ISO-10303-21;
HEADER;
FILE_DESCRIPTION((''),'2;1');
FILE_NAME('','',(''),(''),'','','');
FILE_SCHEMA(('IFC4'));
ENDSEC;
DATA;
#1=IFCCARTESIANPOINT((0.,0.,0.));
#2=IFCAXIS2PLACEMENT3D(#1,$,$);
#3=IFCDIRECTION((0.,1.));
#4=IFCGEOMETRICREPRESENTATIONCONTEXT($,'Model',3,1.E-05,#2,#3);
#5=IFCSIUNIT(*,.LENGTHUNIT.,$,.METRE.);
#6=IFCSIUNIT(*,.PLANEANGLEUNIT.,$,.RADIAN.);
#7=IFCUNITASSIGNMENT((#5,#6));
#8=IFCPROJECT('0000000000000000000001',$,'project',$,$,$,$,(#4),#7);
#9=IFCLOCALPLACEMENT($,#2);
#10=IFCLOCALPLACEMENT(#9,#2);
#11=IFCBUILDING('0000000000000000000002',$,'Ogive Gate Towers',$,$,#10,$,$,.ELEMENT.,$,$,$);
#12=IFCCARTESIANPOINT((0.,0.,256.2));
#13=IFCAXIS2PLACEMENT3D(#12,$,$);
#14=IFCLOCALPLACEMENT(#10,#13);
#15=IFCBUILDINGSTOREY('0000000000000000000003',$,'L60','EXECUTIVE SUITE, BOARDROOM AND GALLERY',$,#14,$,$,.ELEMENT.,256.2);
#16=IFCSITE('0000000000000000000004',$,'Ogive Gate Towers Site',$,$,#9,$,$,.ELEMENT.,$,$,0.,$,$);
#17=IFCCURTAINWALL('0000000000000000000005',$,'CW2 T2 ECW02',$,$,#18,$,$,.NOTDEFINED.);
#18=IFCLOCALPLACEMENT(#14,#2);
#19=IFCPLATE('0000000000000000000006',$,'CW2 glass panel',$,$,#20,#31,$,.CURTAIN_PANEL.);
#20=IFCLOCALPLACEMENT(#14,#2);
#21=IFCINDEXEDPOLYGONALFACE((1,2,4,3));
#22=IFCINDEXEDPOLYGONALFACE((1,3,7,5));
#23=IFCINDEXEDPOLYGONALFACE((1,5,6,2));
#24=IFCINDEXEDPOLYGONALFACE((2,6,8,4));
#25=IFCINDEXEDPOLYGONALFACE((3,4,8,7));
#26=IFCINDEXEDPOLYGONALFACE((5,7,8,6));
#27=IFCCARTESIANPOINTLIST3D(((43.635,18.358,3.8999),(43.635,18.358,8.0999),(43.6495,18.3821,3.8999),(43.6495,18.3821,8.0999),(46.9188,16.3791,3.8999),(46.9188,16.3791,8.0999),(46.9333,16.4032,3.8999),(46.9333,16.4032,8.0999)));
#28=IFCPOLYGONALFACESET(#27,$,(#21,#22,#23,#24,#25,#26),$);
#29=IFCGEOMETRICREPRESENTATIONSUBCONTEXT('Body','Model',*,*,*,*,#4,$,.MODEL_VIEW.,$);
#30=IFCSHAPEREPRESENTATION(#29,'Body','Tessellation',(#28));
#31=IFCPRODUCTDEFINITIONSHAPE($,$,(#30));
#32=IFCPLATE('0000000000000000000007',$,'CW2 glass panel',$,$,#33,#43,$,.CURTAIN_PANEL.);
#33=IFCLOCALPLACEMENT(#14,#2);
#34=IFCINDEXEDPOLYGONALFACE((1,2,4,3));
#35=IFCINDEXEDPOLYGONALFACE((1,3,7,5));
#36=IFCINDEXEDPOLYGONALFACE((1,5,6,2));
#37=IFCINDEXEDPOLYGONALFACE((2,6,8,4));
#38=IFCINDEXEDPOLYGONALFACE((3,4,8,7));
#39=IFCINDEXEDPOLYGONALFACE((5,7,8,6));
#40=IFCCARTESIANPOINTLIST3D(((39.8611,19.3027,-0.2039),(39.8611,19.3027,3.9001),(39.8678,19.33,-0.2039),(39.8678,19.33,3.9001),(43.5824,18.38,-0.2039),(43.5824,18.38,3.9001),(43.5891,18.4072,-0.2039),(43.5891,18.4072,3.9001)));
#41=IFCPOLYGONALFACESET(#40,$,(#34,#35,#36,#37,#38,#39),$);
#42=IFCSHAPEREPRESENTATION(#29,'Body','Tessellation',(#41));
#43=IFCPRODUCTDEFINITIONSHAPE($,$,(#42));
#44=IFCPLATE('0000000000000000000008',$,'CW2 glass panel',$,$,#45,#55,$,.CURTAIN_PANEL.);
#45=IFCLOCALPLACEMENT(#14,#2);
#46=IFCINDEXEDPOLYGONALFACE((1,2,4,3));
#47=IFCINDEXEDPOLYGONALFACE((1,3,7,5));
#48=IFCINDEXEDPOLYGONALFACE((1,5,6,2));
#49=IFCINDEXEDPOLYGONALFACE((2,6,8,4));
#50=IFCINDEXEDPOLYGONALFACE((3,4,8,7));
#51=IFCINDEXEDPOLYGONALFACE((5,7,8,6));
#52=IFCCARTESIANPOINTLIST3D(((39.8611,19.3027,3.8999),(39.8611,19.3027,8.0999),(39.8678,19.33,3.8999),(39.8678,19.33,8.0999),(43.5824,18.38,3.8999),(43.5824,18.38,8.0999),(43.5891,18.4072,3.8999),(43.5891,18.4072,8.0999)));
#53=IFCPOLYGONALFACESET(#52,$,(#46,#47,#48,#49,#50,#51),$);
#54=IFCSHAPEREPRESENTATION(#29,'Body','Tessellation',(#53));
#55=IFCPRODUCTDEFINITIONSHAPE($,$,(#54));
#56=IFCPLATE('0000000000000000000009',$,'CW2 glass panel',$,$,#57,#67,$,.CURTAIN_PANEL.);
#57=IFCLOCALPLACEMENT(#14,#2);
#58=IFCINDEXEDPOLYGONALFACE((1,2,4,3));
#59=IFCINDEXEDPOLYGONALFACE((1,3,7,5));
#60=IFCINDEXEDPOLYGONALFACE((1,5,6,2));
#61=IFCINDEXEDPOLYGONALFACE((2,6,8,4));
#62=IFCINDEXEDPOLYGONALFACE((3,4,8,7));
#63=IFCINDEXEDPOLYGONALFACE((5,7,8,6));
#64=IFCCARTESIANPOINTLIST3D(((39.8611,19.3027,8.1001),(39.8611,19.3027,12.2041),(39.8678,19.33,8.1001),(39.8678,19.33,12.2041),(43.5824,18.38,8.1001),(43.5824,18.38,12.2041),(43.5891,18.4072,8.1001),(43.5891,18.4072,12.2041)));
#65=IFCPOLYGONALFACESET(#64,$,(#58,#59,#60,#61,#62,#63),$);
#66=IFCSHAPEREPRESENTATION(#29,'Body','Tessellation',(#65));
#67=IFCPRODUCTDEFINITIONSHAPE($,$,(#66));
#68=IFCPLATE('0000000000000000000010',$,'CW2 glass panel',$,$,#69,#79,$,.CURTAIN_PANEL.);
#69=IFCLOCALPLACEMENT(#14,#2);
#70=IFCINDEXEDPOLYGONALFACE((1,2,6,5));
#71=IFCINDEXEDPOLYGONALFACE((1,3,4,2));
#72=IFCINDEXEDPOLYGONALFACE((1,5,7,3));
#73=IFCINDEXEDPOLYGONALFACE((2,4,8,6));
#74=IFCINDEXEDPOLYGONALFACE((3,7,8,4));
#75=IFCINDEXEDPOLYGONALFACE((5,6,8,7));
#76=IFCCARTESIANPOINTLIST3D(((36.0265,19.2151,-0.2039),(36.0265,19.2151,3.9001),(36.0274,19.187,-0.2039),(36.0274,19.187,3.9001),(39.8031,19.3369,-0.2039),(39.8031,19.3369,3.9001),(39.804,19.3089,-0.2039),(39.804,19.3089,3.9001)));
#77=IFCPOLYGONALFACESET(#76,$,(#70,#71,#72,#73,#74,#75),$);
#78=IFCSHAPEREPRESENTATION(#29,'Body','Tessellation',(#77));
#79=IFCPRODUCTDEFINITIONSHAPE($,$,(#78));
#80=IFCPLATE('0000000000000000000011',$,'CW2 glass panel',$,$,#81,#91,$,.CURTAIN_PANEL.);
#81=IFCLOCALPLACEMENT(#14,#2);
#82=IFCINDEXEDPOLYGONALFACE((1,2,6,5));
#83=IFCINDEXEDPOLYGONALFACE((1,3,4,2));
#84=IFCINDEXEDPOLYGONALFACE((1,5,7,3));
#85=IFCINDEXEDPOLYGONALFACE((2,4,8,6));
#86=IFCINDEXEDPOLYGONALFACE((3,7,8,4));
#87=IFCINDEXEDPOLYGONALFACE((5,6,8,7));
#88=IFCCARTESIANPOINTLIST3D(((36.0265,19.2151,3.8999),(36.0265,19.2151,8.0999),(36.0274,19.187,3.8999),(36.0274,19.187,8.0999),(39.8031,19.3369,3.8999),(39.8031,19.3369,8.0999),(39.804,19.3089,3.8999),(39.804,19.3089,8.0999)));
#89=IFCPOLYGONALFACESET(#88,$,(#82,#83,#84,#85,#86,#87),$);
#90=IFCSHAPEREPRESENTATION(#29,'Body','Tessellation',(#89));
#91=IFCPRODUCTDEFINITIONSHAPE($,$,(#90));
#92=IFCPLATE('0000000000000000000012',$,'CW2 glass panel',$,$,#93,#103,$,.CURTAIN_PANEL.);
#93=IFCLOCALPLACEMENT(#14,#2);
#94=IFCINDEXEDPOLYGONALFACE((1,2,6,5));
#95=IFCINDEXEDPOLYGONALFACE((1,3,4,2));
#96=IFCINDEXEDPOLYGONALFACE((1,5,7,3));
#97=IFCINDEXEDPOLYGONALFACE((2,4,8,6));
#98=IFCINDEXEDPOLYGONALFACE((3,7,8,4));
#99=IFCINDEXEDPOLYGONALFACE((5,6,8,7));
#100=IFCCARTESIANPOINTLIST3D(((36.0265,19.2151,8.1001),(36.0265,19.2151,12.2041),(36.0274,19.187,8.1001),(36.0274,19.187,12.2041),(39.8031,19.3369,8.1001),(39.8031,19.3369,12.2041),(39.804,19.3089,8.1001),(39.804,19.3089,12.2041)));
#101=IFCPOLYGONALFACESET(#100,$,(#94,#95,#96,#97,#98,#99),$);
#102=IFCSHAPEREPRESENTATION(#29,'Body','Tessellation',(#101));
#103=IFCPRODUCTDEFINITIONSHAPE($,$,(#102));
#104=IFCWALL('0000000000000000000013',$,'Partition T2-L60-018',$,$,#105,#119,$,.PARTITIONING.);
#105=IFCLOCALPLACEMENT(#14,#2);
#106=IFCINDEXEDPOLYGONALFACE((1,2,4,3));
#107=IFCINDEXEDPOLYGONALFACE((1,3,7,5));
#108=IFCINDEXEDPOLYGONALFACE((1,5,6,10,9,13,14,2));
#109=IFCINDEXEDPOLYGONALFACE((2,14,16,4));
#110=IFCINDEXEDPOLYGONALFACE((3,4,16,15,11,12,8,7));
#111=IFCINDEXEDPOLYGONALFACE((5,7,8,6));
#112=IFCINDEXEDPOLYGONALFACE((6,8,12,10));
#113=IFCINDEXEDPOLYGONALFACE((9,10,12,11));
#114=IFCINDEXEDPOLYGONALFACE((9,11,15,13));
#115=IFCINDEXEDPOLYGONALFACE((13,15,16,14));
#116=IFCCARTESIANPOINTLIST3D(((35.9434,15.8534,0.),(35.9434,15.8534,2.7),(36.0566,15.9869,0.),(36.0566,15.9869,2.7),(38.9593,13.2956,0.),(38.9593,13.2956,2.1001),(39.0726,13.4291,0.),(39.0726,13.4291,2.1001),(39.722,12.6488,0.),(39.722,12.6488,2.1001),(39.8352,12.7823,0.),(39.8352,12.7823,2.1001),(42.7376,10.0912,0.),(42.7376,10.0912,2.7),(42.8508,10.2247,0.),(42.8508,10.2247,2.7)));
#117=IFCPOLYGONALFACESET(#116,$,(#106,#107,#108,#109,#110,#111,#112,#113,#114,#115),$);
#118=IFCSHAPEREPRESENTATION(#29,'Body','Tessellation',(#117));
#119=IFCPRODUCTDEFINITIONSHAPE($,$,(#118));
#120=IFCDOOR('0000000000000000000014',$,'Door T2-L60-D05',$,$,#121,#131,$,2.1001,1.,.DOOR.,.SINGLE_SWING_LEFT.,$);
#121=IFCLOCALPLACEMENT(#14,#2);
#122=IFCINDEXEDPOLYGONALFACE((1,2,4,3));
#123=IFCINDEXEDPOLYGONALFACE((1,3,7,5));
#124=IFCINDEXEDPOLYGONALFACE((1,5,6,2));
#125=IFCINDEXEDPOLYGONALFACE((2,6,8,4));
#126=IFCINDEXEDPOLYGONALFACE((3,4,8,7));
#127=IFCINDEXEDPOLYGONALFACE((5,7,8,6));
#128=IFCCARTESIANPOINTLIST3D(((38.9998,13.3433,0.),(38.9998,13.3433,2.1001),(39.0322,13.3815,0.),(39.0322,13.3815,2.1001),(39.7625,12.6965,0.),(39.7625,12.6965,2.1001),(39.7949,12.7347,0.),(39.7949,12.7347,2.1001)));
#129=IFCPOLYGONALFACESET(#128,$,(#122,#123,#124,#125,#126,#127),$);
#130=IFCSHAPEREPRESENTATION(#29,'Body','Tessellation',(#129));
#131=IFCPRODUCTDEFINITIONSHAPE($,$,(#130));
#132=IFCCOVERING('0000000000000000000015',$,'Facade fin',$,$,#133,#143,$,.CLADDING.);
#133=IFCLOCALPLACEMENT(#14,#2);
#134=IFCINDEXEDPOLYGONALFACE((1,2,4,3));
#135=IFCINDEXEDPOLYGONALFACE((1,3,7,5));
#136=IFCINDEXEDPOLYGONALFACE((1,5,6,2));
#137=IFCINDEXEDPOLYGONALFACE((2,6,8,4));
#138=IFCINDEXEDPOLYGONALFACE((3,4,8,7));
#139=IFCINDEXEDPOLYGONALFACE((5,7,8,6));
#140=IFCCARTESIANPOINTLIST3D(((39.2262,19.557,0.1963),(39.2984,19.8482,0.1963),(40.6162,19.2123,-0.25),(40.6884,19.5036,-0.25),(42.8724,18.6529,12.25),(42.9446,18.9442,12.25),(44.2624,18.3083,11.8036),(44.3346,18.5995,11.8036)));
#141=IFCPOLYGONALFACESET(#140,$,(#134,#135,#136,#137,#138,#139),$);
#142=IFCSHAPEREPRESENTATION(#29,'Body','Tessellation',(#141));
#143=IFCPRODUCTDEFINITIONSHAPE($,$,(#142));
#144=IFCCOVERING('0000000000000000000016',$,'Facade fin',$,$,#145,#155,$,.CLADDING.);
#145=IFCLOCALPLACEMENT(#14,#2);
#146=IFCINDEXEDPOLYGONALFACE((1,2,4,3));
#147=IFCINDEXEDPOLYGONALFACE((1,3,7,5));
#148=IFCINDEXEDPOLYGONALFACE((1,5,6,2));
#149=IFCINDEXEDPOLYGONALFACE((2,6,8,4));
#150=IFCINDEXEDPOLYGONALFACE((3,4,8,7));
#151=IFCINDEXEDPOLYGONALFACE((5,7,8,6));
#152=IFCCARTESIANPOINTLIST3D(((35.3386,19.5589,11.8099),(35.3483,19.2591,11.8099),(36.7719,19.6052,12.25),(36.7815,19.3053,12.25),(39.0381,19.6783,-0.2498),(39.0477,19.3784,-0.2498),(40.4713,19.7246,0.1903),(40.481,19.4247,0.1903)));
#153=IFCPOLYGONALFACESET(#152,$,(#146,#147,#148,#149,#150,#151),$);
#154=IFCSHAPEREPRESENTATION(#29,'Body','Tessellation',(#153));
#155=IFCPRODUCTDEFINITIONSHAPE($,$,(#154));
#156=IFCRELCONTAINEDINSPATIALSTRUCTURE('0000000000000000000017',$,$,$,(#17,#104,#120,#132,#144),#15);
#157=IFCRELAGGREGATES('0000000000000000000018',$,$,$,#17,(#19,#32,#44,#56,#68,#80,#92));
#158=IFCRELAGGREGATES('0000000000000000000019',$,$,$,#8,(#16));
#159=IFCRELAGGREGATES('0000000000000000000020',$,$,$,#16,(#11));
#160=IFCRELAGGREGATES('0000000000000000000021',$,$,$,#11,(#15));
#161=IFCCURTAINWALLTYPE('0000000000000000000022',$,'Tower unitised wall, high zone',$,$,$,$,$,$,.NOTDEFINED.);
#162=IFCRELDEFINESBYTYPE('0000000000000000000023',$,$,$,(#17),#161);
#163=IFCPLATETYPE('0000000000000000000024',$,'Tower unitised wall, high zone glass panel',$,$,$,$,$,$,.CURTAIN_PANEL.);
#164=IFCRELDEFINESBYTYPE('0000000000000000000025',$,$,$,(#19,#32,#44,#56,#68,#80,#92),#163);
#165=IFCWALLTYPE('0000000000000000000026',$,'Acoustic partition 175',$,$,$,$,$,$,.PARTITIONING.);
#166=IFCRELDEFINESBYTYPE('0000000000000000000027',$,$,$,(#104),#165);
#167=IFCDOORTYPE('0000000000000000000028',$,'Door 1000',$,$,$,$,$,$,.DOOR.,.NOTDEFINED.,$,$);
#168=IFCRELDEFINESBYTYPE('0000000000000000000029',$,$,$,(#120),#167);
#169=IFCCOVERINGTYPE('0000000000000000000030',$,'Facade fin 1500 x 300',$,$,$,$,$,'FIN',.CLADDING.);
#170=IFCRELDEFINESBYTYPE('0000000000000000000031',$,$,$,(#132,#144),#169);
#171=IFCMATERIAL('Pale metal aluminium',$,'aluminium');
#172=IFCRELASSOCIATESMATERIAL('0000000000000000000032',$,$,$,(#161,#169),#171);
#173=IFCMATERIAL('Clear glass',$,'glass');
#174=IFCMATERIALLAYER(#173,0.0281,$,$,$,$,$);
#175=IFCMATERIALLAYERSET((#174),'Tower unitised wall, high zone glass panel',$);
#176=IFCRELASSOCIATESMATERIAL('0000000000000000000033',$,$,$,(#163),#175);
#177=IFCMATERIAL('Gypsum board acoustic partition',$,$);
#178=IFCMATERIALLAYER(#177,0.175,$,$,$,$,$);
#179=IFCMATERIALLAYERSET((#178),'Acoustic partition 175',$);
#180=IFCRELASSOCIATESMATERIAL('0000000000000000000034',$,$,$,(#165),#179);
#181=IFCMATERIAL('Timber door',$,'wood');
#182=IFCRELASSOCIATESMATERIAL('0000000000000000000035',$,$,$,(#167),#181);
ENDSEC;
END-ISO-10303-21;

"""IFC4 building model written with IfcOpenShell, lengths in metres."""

from ifc_helpers import new_model, si_unit, direction, frame, frame_2d, origin, origin_2d, place, context, subcontext, project, spatial, rectangle, extrude, material, layer, layer_set, material_profile, profile_set, type_object, element, fill, aggregate, save


model = new_model("IFC4")

# Units and contexts
model_context = context("Model", 3, precision=1e-05, world=origin(), true_north=direction((0.0, 1.0)))
body_context = subcontext(model_context, "Body", "Model", "MODEL_VIEW")
ifc_project = project(units=[si_unit("LENGTHUNIT", "METRE"), si_unit("PLANEANGLEUNIT", "RADIAN")], contexts=[model_context])

# Site, building, storey
site_placement = place(None, origin())
site = spatial("IfcSite", under=ifc_project, at=site_placement, Name="Ogive Gate Towers Site", CompositionType="ELEMENT", RefElevation=0.0)
building_placement = place(site_placement, origin())
building = spatial("IfcBuilding", under=site, at=building_placement, Name="Ogive Gate Towers", CompositionType="ELEMENT")
storey_placement = place(building_placement, frame((0.0, 0.0, 256.2)))
storey = spatial("IfcBuildingStorey", under=building, at=storey_placement, Name="L60", Description="EXECUTIVE SUITE, BOARDROOM AND GALLERY", CompositionType="ELEMENT", Elevation=256.2)

# Curtain wall, plates
ifc_material_1 = material(Name="Pale metal aluminium", Category="aluminium")
curtain_wall_type = type_object("IfcCurtainWallType", Name="Tower unitised wall, high zone", PredefinedType="NOTDEFINED", material=ifc_material_1)
curtain_wall_placement = place(storey_placement, origin())
curtain_wall = element("IfcCurtainWall", 1, at=curtain_wall_placement, inside=storey, type_object=curtain_wall_type, Name="CW2 T2 ECW02", PredefinedType="NOTDEFINED")
ifc_material_2 = material(Name="Clear glass", Category="glass")
ifc_layer_1 = layer(ifc_material_2, 0.0281)
ifc_layer_set_1 = layer_set([ifc_layer_1], Name="Tower unitised wall, high zone glass panel")
plate_type = type_object("IfcPlateType", Name="Tower unitised wall, high zone glass panel", PredefinedType="CURTAIN_PANEL", material=ifc_layer_set_1)
plate_1_placement = place(storey_placement, frame((45.2842, 17.3806, 3.8999), z_axis=(0.0, 0.0, 1.0), x_axis=(-0.856501, 0.516145, 0.0)))
plate_1 = element("IfcPlate", 2, at=plate_1_placement, type_object=plate_type, Name="CW2 glass panel", PredefinedType="CURTAIN_PANEL", context=body_context, shape_type="SweptSolid", body=[
    extrude(rectangle(XDim=3.834, YDim=0.0281, at=origin_2d()), origin(), (0.0, 0.0, 1.0), 4.2),
])
plate_2_placement = place(storey_placement, frame((41.7251, 18.855, -0.2039), z_axis=(0.0, 0.0, 1.0), x_axis=(-0.970607, 0.240669, 0.0)))
plate_2 = element("IfcPlate", 3, at=plate_2_placement, type_object=plate_type, Name="CW2 glass panel", PredefinedType="CURTAIN_PANEL", context=body_context, shape_type="SweptSolid", body=[
    extrude(rectangle(XDim=3.834, YDim=0.0281, at=origin_2d()), origin(), (0.0, 0.0, 1.0), 4.104),
])
plate_3_placement = place(storey_placement, frame((41.7251, 18.855, 3.8999), z_axis=(0.0, 0.0, 1.0), x_axis=(-0.970607, 0.240669, 0.0)))
plate_3 = element("IfcPlate", 4, at=plate_3_placement, type_object=plate_type, Name="CW2 glass panel", PredefinedType="CURTAIN_PANEL", context=body_context, shape_type="SweptSolid", body=[
    extrude(rectangle(XDim=3.834, YDim=0.0281, at=origin_2d()), origin(), (0.0, 0.0, 1.0), 4.2),
])
plate_4_placement = place(storey_placement, frame((41.7251, 18.855, 8.1001), z_axis=(0.0, 0.0, 1.0), x_axis=(-0.970607, 0.240669, 0.0)))
plate_4 = element("IfcPlate", 5, at=plate_4_placement, type_object=plate_type, Name="CW2 glass panel", PredefinedType="CURTAIN_PANEL", context=body_context, shape_type="SweptSolid", body=[
    extrude(rectangle(XDim=3.834, YDim=0.0281, at=origin_2d()), origin(), (0.0, 0.0, 1.0), 4.104),
])
plate_5_placement = place(storey_placement, frame((37.9153, 19.262, -0.2039), z_axis=(0.0, 0.0, 1.0), x_axis=(-0.99948, -0.032248, 0.0)))
plate_5 = element("IfcPlate", 6, at=plate_5_placement, type_object=plate_type, Name="CW2 glass panel", PredefinedType="CURTAIN_PANEL", context=body_context, shape_type="SweptSolid", body=[
    extrude(rectangle(XDim=3.7786, YDim=0.0281, at=origin_2d()), origin(), (0.0, 0.0, 1.0), 4.104),
])
plate_6_placement = place(storey_placement, frame((37.9153, 19.262, 3.8999), z_axis=(0.0, 0.0, 1.0), x_axis=(-0.99948, -0.032248, 0.0)))
plate_6 = element("IfcPlate", 7, at=plate_6_placement, type_object=plate_type, Name="CW2 glass panel", PredefinedType="CURTAIN_PANEL", context=body_context, shape_type="SweptSolid", body=[
    extrude(rectangle(XDim=3.7786, YDim=0.0281, at=origin_2d()), origin(), (0.0, 0.0, 1.0), 4.2),
])
plate_7_placement = place(storey_placement, frame((37.9153, 19.262, 8.1001), z_axis=(0.0, 0.0, 1.0), x_axis=(-0.99948, -0.032248, 0.0)))
plate_7 = element("IfcPlate", 8, at=plate_7_placement, type_object=plate_type, Name="CW2 glass panel", PredefinedType="CURTAIN_PANEL", context=body_context, shape_type="SweptSolid", body=[
    extrude(rectangle(XDim=3.7786, YDim=0.0281, at=origin_2d()), origin(), (0.0, 0.0, 1.0), 4.104),
])
aggregate(curtain_wall, [plate_1, plate_2, plate_3, plate_4, plate_5, plate_6, plate_7])

# Wall, opening, door
ifc_material_3 = material(Name="Gypsum board acoustic partition")
ifc_layer_2 = layer(ifc_material_3, 0.175)
ifc_layer_set_2 = layer_set([ifc_layer_2], Name="Acoustic partition 175")
wall_type = type_object("IfcWallType", Name="Acoustic partition 175", PredefinedType="PARTITIONING", material=ifc_layer_set_2)
wall_placement = place(storey_placement, frame((42.7942, 10.158, 0.0), z_axis=(0.0, 0.0, 1.0), x_axis=(-0.762651, 0.64681, 0.0)))
wall = element("IfcWall", 9, at=wall_placement, inside=storey, type_object=wall_type, Name="Partition T2-L60-018", PredefinedType="PARTITIONING", context=body_context, shape_type="SweptSolid", body=[
    extrude(rectangle(XDim=8.9087, YDim=0.175, at=frame_2d((4.4543, 0.0))), origin(), (0.0, 0.0, 1.0), 2.7),
])
opening_placement = place(wall_placement, frame((3.9541, 0.0, 0.0)))
opening = element("IfcOpeningElement", 10, at=opening_placement, cuts=wall, PredefinedType="OPENING", context=body_context, shape_type="SweptSolid", body=[
    extrude(rectangle(XDim=1.0, YDim=2.1001, at=frame_2d((0.5, 1.05))), frame((0.0, 0.0977, 0.0), z_axis=(0.0, -1.0, 0.0), x_axis=(1.0, 0.0, 0.0)), (0.0, 0.0, 1.0), 0.1951),
])
ifc_material_4 = material(Name="Timber door", Category="wood")
door_type = type_object("IfcDoorType", Name="Door 1000", OperationType="NOTDEFINED", PredefinedType="DOOR", material=ifc_material_4)
door_placement = place(opening_placement, origin())
door = element("IfcDoor", 11, at=door_placement, inside=storey, type_object=door_type, Name="Door T2-L60-D05", OperationType="SINGLE_SWING_LEFT", OverallHeight=2.1001, OverallWidth=1.0, PredefinedType="DOOR", context=body_context, shape_type="SweptSolid", body=[
    extrude(rectangle(XDim=1.0, YDim=2.1001, at=frame_2d((0.5, 1.05))), frame((0.0, 0.0249, 0.0), z_axis=(0.0, -1.0, 0.0), x_axis=(1.0, 0.0, 0.0)), (0.0, 0.0, 1.0), 0.05),
])
fill(opening, door)

# Coverings
ifc_material_profile_1 = material_profile(ifc_material_1, rectangle(XDim=0.3, YDim=1.5, at=origin_2d()), Name="1500 x 300 pale metal aluminium")
ifc_profile_set_1 = profile_set([ifc_material_profile_1], Name="Pale metal aluminium")
covering_type = type_object("IfcCoveringType", Name="Facade fin 1500 x 300", ElementType="FIN", PredefinedType="CLADDING", material=ifc_profile_set_1)
covering_1_placement = place(storey_placement, frame((39.9573, 19.5303, -0.0269), z_axis=(0.288799, -0.071605, 0.954708), x_axis=(0.240654, 0.970611, 0.0)))
element("IfcCovering", 12, at=covering_1_placement, inside=storey, type_object=covering_type, Name="Facade fin", PredefinedType="CLADDING", context=body_context, shape_type="SweptSolid", body=[
    extrude(rectangle(XDim=0.3, YDim=1.5, at=origin_2d()), origin(), (0.0, 0.0, 1.0), 12.6255),
])
covering_2_placement = place(storey_placement, frame((39.7595, 19.5515, -0.0298), z_axis=(-0.293258, -0.009464, 0.955987), x_axis=(0.032254, -0.99948, 0.0)))
element("IfcCovering", 13, at=covering_2_placement, inside=storey, type_object=covering_type, Name="Facade fin", PredefinedType="CLADDING", context=body_context, shape_type="SweptSolid", body=[
    extrude(rectangle(XDim=0.3, YDim=1.5, at=origin_2d()), origin(), (0.0, 0.0, 1.0), 12.615),
])

save(model, "model.ifc")
